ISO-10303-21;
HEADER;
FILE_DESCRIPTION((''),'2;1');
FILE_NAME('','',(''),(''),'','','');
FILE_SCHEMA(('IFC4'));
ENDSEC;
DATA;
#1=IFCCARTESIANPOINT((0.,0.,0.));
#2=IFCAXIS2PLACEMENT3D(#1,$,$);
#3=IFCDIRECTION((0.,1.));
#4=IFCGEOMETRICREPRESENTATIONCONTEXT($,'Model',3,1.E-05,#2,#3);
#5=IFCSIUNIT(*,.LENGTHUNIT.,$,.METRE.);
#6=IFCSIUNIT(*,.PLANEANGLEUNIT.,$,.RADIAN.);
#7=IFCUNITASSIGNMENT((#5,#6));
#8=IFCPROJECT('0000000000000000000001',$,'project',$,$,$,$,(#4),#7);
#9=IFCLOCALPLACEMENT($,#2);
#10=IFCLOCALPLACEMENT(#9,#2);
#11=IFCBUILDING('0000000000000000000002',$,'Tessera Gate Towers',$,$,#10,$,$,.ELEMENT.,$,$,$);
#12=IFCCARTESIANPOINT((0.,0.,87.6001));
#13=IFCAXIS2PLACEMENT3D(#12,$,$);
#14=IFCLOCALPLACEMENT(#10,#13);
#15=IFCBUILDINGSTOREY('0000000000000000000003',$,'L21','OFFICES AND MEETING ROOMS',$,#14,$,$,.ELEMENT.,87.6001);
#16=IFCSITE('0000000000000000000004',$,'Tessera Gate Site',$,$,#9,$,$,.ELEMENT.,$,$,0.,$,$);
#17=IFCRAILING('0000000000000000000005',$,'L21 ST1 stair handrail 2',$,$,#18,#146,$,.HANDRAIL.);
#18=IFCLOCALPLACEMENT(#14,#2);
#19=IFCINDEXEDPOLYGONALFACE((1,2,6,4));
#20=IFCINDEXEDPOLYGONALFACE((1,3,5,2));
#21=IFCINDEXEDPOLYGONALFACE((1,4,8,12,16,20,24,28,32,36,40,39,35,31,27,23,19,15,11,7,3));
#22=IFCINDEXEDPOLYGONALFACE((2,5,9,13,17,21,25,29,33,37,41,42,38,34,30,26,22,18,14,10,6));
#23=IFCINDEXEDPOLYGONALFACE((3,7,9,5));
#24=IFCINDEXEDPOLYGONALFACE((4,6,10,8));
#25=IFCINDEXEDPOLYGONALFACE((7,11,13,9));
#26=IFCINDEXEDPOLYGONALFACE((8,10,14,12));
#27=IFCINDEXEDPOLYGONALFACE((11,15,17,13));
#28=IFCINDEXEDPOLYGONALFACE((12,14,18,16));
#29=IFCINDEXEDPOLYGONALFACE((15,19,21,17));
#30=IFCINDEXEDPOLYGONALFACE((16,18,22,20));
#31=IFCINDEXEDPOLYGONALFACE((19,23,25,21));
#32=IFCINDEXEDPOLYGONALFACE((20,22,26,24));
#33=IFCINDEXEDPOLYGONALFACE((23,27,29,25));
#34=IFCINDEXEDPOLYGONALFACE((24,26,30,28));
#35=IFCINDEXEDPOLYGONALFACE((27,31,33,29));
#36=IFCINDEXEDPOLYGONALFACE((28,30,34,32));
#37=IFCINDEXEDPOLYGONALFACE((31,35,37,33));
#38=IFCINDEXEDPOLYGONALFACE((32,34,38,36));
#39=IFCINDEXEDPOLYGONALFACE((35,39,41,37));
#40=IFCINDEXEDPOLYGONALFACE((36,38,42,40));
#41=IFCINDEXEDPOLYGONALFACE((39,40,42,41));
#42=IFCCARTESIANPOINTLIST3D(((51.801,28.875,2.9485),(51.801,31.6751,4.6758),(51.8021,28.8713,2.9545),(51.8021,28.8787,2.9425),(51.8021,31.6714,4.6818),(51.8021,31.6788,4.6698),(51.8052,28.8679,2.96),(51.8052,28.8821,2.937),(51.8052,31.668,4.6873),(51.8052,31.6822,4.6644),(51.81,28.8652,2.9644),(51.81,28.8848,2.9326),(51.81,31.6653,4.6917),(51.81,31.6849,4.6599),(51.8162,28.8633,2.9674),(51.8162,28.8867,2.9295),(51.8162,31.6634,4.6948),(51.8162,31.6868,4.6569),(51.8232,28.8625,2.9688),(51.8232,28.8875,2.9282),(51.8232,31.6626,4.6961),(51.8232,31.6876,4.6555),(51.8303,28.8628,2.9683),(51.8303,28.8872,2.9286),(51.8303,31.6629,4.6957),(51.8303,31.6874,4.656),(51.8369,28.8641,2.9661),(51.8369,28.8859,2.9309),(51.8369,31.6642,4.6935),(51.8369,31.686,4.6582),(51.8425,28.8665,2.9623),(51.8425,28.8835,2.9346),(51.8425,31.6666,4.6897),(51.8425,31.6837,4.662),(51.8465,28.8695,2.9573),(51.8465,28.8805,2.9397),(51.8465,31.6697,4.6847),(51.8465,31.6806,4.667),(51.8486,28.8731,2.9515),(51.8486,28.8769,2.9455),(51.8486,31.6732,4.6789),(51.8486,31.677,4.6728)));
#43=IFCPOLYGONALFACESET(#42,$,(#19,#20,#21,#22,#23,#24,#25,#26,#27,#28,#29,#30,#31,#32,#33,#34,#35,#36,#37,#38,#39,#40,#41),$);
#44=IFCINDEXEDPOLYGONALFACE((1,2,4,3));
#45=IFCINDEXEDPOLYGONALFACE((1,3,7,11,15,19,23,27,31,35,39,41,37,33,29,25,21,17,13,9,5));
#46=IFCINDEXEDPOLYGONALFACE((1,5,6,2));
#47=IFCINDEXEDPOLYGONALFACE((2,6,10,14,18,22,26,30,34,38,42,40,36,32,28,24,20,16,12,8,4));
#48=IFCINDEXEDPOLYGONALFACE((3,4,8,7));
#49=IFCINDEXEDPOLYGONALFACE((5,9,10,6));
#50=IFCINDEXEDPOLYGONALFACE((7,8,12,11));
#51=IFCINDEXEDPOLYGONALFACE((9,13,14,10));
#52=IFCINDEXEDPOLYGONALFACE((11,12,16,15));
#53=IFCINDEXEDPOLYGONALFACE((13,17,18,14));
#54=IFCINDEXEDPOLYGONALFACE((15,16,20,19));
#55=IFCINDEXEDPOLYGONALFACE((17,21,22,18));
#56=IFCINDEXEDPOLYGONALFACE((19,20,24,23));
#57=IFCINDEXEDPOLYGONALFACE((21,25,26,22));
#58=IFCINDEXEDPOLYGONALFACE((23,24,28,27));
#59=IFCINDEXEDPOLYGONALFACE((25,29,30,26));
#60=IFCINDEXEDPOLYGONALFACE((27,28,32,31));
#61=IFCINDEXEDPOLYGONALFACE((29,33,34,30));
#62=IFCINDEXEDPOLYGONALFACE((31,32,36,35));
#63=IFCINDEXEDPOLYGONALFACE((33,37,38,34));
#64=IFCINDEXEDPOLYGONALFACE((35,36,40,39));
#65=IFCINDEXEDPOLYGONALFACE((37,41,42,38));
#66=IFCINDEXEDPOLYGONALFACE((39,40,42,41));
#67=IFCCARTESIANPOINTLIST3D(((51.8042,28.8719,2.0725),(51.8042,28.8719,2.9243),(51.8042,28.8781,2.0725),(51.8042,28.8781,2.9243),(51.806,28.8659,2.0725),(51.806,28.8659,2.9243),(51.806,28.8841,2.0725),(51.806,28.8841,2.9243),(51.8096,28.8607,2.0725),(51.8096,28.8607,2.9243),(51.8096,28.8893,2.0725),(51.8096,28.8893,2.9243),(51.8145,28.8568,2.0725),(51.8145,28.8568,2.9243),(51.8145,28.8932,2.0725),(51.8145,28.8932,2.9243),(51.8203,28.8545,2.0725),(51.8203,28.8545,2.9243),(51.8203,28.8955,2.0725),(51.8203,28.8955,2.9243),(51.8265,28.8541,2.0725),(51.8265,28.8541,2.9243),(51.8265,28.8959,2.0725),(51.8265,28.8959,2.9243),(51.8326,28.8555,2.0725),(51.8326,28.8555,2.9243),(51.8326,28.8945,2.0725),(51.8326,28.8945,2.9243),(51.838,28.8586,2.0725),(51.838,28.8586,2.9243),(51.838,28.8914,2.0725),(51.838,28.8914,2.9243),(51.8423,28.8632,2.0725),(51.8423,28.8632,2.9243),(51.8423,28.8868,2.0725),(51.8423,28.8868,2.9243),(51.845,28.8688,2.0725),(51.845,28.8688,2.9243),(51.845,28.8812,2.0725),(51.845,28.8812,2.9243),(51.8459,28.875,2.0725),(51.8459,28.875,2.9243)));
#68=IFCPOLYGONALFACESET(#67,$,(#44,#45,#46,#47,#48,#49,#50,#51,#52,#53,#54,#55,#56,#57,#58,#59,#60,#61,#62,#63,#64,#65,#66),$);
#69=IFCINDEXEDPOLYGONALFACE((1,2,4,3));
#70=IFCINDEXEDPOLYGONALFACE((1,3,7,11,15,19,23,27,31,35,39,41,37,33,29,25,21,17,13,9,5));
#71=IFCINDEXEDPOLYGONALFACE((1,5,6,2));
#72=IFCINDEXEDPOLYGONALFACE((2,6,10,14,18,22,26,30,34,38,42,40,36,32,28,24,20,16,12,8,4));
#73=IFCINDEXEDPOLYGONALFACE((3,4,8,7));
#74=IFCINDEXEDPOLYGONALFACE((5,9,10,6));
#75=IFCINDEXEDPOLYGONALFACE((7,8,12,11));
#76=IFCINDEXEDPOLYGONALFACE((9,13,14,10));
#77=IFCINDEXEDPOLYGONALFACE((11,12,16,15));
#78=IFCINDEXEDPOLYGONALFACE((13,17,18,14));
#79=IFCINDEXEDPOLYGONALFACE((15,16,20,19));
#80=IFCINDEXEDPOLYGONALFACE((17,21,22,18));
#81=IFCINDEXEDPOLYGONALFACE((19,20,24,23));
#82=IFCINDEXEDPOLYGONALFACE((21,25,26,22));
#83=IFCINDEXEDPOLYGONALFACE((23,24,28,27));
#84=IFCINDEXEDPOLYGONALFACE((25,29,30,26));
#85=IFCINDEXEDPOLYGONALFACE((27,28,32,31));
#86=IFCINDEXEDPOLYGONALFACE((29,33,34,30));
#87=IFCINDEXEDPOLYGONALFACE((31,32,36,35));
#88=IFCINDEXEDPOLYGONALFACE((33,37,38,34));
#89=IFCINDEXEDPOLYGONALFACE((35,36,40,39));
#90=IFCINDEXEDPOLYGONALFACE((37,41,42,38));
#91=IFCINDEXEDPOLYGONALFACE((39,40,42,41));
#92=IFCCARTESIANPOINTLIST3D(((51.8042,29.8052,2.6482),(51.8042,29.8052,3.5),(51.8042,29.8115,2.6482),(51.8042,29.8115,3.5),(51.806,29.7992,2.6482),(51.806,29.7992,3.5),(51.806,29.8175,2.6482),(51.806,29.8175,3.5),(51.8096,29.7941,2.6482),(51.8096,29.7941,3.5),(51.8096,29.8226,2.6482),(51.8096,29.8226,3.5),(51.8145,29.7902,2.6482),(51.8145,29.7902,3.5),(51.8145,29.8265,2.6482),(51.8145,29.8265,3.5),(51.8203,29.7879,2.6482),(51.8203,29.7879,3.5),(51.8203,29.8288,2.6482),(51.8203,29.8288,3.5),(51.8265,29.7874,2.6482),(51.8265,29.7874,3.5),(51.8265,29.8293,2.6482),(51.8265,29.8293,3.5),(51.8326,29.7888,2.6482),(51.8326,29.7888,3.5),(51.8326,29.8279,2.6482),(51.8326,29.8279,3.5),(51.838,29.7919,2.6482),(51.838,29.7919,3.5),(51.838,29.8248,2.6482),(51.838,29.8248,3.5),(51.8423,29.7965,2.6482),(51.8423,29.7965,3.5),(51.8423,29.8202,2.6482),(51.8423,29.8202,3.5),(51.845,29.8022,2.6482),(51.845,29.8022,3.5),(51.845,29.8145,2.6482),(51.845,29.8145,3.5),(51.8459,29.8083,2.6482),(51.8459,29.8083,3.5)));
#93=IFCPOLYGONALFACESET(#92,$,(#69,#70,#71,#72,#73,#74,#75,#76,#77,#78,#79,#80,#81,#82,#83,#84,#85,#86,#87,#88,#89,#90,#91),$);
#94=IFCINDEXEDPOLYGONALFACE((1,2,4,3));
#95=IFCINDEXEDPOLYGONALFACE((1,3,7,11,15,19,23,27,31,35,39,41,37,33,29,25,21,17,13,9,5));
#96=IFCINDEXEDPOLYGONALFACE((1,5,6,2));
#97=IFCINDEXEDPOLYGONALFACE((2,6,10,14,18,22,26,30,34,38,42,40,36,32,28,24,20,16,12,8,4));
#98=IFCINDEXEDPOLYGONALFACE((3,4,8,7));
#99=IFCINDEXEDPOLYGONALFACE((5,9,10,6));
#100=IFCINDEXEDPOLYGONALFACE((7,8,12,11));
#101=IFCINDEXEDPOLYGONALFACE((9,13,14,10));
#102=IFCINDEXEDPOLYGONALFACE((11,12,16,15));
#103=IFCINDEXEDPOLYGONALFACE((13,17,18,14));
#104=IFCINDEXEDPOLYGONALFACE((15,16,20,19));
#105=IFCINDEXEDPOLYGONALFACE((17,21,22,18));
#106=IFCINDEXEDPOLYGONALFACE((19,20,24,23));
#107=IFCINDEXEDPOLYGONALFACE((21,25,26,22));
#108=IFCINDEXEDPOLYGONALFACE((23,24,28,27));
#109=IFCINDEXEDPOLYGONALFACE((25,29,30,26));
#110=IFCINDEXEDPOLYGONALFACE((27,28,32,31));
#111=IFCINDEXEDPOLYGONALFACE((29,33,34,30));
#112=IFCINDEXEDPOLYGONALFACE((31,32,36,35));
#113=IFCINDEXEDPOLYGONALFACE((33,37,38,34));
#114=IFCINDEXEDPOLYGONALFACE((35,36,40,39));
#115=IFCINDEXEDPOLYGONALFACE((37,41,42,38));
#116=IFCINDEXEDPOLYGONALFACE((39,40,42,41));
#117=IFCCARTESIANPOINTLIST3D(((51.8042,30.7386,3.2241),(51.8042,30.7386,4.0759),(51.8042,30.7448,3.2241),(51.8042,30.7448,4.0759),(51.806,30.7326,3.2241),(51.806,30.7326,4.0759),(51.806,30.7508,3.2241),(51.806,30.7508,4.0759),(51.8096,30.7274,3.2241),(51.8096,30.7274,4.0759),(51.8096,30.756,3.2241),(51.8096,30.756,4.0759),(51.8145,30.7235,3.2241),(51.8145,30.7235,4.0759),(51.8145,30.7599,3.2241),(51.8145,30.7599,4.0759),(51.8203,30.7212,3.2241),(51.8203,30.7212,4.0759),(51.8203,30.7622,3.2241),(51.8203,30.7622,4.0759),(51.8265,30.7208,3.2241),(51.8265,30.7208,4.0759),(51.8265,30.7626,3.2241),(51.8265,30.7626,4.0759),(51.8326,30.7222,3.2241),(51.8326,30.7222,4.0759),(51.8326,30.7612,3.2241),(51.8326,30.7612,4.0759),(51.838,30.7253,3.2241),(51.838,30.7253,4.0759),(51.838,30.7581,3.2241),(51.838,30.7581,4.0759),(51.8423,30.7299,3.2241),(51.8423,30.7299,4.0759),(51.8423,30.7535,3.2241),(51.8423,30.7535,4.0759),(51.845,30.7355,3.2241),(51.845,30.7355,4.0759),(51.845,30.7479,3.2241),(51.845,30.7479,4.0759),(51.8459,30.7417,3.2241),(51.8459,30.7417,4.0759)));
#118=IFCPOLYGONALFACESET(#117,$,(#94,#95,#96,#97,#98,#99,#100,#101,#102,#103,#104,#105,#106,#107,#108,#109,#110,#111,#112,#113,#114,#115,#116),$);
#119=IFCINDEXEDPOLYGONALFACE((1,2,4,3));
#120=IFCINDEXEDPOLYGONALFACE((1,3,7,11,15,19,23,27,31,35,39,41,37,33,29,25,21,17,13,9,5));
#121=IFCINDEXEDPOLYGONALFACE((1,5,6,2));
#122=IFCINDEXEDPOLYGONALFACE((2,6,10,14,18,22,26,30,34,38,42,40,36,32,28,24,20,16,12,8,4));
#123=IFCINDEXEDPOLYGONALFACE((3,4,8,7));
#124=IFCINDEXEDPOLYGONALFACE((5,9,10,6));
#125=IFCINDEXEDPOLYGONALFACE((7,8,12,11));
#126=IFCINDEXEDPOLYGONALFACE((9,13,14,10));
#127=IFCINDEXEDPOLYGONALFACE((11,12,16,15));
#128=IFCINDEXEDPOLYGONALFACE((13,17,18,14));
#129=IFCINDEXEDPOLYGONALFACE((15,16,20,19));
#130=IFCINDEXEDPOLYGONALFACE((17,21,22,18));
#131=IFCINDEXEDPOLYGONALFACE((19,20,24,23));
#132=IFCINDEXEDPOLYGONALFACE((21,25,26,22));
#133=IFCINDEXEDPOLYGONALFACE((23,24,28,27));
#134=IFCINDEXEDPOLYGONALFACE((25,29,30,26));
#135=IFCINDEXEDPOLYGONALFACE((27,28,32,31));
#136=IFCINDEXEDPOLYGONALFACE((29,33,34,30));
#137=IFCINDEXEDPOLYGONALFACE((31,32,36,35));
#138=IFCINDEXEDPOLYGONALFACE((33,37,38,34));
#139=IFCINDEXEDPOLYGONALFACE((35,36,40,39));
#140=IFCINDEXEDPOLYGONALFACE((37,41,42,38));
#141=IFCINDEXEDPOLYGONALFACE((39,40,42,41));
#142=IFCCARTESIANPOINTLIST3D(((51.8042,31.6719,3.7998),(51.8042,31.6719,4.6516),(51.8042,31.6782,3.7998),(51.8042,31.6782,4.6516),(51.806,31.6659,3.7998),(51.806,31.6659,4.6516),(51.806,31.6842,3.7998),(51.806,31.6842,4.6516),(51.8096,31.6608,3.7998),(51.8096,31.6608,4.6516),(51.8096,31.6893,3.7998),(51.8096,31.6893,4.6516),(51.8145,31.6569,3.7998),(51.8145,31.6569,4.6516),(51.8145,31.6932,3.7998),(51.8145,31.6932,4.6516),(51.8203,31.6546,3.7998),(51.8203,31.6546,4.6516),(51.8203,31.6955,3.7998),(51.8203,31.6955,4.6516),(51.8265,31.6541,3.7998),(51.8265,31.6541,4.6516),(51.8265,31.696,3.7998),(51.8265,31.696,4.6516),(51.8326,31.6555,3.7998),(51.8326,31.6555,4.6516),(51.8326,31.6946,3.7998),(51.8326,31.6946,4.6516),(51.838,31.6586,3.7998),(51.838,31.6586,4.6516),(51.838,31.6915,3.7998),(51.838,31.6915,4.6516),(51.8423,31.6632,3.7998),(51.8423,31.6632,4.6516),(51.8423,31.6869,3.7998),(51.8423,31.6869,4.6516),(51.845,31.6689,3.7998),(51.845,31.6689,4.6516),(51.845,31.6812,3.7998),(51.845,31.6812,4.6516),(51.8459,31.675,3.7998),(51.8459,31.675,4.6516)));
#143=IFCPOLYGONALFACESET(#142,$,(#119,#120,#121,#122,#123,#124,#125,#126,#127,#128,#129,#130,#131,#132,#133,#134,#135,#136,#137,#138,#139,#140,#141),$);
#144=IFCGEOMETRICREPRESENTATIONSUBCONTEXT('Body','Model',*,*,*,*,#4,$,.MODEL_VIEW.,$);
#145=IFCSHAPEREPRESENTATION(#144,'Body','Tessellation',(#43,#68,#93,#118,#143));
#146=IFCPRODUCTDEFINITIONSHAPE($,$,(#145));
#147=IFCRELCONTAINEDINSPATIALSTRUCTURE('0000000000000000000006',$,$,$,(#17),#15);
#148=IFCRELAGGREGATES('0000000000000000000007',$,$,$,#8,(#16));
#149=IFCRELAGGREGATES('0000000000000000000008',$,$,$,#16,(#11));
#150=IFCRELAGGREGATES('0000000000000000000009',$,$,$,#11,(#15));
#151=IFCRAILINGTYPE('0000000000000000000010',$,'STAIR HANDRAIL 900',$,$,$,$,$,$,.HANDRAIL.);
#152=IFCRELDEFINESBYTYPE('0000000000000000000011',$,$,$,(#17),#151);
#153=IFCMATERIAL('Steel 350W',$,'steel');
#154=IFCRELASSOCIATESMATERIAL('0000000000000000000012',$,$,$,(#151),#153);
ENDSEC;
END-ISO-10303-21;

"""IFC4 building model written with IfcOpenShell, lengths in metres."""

from ifc_helpers import new_model, si_unit, direction, frame, origin, origin_2d, place, context, subcontext, project, spatial, circle, extrude, material, type_object, element, save


model = new_model("IFC4")

# Units and contexts
model_context = context("Model", 3, precision=1e-05, world=origin(), true_north=direction((0.0, 1.0)))
body_context = subcontext(model_context, "Body", "Model", "MODEL_VIEW")
ifc_project = project(units=[si_unit("LENGTHUNIT", "METRE"), si_unit("PLANEANGLEUNIT", "RADIAN")], contexts=[model_context])

# Site, building, storey
site_placement = place(None, origin())
site = spatial("IfcSite", under=ifc_project, at=site_placement, Name="Tessera Gate Site", CompositionType="ELEMENT", RefElevation=0.0)
building_placement = place(site_placement, origin())
building = spatial("IfcBuilding", under=site, at=building_placement, Name="Tessera Gate Towers", CompositionType="ELEMENT")
storey_placement = place(building_placement, frame((0.0, 0.0, 87.6001)))
storey = spatial("IfcBuildingStorey", under=building, at=storey_placement, Name="L21", Description="OFFICES AND MEETING ROOMS", CompositionType="ELEMENT", Elevation=87.6001)

# Railing
ifc_material_1 = material(Name="Steel 350W", Category="steel")
railing_type_1 = type_object("IfcRailingType", Name="STAIR HANDRAIL 900", PredefinedType="HANDRAIL", material=ifc_material_1)
railing_1_placement = place(storey_placement, frame((51.825, 28.875, 2.0725)))
element("IfcRailing", 1, at=railing_1_placement, inside=storey, type_object=railing_type_1, Name="L21 ST1 stair handrail 2", PredefinedType="HANDRAIL", context=body_context, shape_type="SweptSolid", body=[
    extrude(circle(Radius=0.0239, at=origin_2d()), frame((0.0, 0.0, 0.876), z_axis=(0.0, 0.85109, 0.52502), x_axis=(-1.0, 0.0, 0.0)), (0.0, 0.0, 1.0), 3.29),
    extrude(circle(Radius=0.021, at=origin_2d()), origin(), (0.0, 0.0, 1.0), 0.8518),
    extrude(circle(Radius=0.021, at=origin_2d()), frame((0.0, 0.9333, 0.5757)), (0.0, 0.0, 1.0), 0.8518),
    extrude(circle(Radius=0.021, at=origin_2d()), frame((0.0, 1.8667, 1.1516)), (0.0, 0.0, 1.0), 0.8518),
    extrude(circle(Radius=0.021, at=origin_2d()), frame((0.0, 2.8, 1.7273)), (0.0, 0.0, 1.0), 0.8518),
])

save(model, "model.ifc")
